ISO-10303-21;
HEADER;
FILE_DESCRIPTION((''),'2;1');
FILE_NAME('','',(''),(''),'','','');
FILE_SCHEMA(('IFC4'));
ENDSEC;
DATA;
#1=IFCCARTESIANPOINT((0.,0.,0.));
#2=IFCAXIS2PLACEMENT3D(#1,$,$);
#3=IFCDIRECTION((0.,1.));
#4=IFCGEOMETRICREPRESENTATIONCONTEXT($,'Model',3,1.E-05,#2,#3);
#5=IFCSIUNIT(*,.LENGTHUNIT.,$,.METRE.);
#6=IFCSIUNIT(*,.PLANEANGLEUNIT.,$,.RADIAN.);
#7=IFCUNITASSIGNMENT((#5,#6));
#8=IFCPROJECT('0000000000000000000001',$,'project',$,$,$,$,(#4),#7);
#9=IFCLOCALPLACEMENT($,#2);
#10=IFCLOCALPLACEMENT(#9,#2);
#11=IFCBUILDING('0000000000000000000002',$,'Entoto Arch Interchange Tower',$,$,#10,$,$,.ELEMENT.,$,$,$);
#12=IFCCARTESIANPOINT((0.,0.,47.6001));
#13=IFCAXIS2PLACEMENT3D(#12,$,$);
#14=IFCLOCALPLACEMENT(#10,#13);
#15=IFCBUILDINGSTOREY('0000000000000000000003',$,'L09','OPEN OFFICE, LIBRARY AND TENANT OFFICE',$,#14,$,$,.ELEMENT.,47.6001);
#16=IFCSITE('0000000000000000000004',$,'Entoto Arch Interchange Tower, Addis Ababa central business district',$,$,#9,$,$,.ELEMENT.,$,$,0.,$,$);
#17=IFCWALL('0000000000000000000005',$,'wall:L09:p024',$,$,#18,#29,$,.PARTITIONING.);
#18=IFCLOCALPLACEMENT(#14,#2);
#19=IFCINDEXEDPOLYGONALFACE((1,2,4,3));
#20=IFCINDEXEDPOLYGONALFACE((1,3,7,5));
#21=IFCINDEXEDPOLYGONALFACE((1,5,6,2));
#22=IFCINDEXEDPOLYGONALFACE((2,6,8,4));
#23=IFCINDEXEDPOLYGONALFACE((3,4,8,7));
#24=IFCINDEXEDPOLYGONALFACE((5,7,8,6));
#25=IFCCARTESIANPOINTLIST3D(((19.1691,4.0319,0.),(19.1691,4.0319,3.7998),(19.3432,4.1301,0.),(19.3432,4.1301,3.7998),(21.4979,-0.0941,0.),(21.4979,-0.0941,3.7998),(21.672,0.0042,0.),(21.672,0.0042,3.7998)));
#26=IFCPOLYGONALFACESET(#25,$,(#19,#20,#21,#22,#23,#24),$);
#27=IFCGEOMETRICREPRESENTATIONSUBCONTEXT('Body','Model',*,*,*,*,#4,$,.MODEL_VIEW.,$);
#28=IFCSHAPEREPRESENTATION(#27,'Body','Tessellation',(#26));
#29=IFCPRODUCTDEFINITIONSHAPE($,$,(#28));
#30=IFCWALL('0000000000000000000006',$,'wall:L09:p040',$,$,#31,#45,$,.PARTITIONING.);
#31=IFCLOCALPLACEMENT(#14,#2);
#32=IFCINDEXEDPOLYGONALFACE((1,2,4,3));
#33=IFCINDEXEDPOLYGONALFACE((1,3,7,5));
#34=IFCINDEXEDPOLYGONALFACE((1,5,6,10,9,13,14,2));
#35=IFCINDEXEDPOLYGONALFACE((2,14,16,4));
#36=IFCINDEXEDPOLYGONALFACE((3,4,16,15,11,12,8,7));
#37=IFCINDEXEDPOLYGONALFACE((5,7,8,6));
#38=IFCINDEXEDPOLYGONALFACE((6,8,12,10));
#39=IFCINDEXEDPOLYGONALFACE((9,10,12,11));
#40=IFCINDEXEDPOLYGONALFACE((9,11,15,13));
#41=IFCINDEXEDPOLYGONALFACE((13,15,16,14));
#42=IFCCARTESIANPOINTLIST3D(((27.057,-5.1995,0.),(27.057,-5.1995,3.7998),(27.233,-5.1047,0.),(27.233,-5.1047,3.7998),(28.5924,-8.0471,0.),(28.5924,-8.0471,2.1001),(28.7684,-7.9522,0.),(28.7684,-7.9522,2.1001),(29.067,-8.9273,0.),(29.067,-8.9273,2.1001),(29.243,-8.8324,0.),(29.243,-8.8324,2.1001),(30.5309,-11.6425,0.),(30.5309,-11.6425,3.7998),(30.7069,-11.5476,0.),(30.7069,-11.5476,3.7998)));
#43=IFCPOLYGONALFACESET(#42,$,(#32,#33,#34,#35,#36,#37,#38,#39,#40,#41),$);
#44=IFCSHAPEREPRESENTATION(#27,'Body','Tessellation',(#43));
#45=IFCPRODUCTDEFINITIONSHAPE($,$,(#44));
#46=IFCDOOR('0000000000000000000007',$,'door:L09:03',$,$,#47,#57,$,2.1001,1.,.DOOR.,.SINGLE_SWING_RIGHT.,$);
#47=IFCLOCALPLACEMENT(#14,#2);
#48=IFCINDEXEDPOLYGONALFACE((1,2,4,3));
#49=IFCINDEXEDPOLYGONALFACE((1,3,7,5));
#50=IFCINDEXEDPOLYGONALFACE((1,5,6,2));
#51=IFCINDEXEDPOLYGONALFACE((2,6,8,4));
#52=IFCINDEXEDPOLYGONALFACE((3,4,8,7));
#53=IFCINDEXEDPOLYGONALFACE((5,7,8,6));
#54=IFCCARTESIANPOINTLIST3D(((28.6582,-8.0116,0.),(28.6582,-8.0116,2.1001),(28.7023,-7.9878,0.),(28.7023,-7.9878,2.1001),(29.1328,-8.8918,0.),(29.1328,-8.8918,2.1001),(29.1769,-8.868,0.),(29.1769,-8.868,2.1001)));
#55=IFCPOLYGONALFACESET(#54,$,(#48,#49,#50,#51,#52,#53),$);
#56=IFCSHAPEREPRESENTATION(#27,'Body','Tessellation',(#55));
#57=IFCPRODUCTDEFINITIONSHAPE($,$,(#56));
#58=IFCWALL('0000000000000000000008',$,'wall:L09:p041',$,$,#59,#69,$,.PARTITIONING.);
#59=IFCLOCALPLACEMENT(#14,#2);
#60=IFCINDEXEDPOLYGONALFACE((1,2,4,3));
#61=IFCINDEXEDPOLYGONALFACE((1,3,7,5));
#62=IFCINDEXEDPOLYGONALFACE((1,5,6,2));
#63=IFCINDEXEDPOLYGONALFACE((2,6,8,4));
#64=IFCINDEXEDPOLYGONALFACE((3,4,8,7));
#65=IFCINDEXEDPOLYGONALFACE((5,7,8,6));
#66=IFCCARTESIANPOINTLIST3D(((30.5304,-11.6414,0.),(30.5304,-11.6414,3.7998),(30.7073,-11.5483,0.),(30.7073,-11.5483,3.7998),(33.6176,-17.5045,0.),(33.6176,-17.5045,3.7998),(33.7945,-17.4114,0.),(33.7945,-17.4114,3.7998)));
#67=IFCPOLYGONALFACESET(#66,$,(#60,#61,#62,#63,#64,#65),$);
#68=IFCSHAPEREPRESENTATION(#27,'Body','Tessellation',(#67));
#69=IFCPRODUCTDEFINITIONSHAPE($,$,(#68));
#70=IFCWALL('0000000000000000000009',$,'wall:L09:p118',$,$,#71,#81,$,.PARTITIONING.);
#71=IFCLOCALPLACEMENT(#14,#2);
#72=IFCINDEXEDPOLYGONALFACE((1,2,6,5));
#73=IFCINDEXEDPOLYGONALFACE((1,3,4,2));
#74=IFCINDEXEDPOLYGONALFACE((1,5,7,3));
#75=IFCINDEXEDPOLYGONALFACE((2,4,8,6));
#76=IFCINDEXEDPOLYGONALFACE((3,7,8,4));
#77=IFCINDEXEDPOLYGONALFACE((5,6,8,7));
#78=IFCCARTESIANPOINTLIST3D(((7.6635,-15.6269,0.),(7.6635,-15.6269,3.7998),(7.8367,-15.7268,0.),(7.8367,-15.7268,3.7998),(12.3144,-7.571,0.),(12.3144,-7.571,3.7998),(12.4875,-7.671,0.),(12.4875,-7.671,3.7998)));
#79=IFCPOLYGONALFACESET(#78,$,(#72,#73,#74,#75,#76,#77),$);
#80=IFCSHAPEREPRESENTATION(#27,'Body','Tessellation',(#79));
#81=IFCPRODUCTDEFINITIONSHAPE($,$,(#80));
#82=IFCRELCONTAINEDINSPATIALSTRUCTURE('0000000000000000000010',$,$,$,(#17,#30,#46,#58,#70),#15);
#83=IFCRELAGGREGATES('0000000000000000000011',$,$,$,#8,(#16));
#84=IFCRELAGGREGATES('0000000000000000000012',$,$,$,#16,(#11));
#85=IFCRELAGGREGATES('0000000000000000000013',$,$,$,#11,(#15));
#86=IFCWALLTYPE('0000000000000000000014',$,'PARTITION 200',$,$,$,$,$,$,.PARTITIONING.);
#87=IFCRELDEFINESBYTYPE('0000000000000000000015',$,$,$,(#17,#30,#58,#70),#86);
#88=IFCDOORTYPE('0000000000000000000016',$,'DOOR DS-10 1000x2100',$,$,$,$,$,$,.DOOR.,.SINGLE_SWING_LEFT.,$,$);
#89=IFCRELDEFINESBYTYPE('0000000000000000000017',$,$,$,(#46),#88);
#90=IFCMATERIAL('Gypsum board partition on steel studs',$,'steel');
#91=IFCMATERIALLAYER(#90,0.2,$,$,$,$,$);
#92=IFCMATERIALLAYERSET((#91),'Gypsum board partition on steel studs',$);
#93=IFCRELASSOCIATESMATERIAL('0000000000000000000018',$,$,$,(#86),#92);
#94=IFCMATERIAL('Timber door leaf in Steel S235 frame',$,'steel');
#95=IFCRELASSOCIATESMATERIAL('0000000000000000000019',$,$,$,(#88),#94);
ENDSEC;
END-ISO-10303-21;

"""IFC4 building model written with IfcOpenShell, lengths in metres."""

from ifc_helpers import new_model, si_unit, direction, frame, frame_2d, origin, place, context, subcontext, project, spatial, rectangle, extrude, material, layer, layer_set, type_object, element, fill, save


model = new_model("IFC4")

# Units and contexts
model_context = context("Model", 3, precision=1e-05, world=origin(), true_north=direction((0.0, 1.0)))
body_context = subcontext(model_context, "Body", "Model", "MODEL_VIEW")
ifc_project = project(units=[si_unit("LENGTHUNIT", "METRE"), si_unit("PLANEANGLEUNIT", "RADIAN")], contexts=[model_context])

# Site, building, storey
site_placement = place(None, origin())
site = spatial("IfcSite", under=ifc_project, at=site_placement, Name="Entoto Arch Interchange Tower, Addis Ababa central business district", CompositionType="ELEMENT", RefElevation=0.0)
building_placement = place(site_placement, origin())
building = spatial("IfcBuilding", under=site, at=building_placement, Name="Entoto Arch Interchange Tower", CompositionType="ELEMENT")
storey_placement = place(building_placement, frame((0.0, 0.0, 47.6001)))
storey = spatial("IfcBuildingStorey", under=building, at=storey_placement, Name="L09", Description="OPEN OFFICE, LIBRARY AND TENANT OFFICE", CompositionType="ELEMENT", Elevation=47.6001)

# Wall
ifc_material_1 = material(Name="Gypsum board partition on steel studs", Category="steel")
ifc_layer_1 = layer(ifc_material_1, 0.2)
ifc_layer_set_1 = layer_set([ifc_layer_1], Name="Gypsum board partition on steel studs")
wall_type_1 = type_object("IfcWallType", Name="PARTITION 200", PredefinedType="PARTITIONING", material=ifc_layer_set_1)
wall_1_placement = place(storey_placement, frame((21.585, -0.0449, 0.0), z_axis=(0.0, 0.0, 1.0), x_axis=(-0.491543, 0.870853, 0.0)))
element("IfcWall", 1, at=wall_1_placement, inside=storey, type_object=wall_type_1, Name="wall:L09:p024", PredefinedType="PARTITIONING", context=body_context, shape_type="SweptSolid", body=[
    extrude(rectangle(XDim=4.7378, YDim=0.2, at=frame_2d((2.3689, 0.0))), origin(), (0.0, 0.0, 1.0), 3.7998),
])

# Wall, opening, door
wall_2_placement = place(storey_placement, frame((27.145, -5.1521, 0.0), z_axis=(0.0, 0.0, 1.0), x_axis=(0.474591, -0.880206, 0.0)))
wall_2 = element("IfcWall", 2, at=wall_2_placement, inside=storey, type_object=wall_type_1, Name="wall:L09:p040", PredefinedType="PARTITIONING", context=body_context, shape_type="SweptSolid", body=[
    extrude(rectangle(XDim=7.3198, YDim=0.2, at=frame_2d((3.6599, 0.0))), origin(), (0.0, 0.0, 1.0), 3.7998),
])
opening_1_placement = place(wall_2_placement, frame((3.2351, 0.0, 0.0)))
opening_1 = element("IfcOpeningElement", 3, at=opening_1_placement, cuts=wall_2, PredefinedType="OPENING", context=body_context, shape_type="SweptSolid", body=[
    extrude(rectangle(XDim=1.0, YDim=2.1001, at=frame_2d((0.5, 1.05))), frame((0.0, 0.1099, 0.0), z_axis=(0.0, -1.0, 0.0), x_axis=(1.0, 0.0, 0.0)), (0.0, 0.0, 1.0), 0.22),
])
ifc_material_2 = material(Name="Timber door leaf in Steel S235 frame", Category="steel")
door_type_1 = type_object("IfcDoorType", Name="DOOR DS-10 1000x2100", OperationType="SINGLE_SWING_LEFT", PredefinedType="DOOR", material=ifc_material_2)
door_1_placement = place(opening_1_placement, origin())
door_1 = element("IfcDoor", 4, at=door_1_placement, inside=storey, type_object=door_type_1, Name="door:L09:03", OperationType="SINGLE_SWING_RIGHT", OverallHeight=2.1001, OverallWidth=1.0, PredefinedType="DOOR", context=body_context, shape_type="SweptSolid", body=[
    extrude(rectangle(XDim=1.0, YDim=2.1001, at=frame_2d((0.5, 1.05))), frame((0.0, 0.0249, 0.0), z_axis=(0.0, -1.0, 0.0), x_axis=(1.0, 0.0, 0.0)), (0.0, 0.0, 1.0), 0.05),
])
fill(opening_1, door_1)

# Walls
wall_3_placement = place(storey_placement, frame((30.6189, -11.595, 0.0), z_axis=(0.0, 0.0, 1.0), x_axis=(0.465906, -0.884834, 0.0)))
element("IfcWall", 5, at=wall_3_placement, inside=storey, type_object=wall_type_1, Name="wall:L09:p041", PredefinedType="PARTITIONING", context=body_context, shape_type="SweptSolid", body=[
    extrude(rectangle(XDim=6.6262, YDim=0.2, at=frame_2d((3.313, 0.0))), origin(), (0.0, 0.0, 1.0), 3.7998),
])
wall_4_placement = place(storey_placement, frame((12.4009, -7.6211, 0.0), z_axis=(0.0, 0.0, 1.0), x_axis=(-0.499984, -0.866035, 0.0)))
element("IfcWall", 6, at=wall_4_placement, inside=storey, type_object=wall_type_1, Name="wall:L09:p118", PredefinedType="PARTITIONING", context=body_context, shape_type="SweptSolid", body=[
    extrude(rectangle(XDim=9.302, YDim=0.2, at=frame_2d((4.6509, 0.0))), origin(), (0.0, 0.0, 1.0), 3.7998),
])

save(model, "model.ifc")
